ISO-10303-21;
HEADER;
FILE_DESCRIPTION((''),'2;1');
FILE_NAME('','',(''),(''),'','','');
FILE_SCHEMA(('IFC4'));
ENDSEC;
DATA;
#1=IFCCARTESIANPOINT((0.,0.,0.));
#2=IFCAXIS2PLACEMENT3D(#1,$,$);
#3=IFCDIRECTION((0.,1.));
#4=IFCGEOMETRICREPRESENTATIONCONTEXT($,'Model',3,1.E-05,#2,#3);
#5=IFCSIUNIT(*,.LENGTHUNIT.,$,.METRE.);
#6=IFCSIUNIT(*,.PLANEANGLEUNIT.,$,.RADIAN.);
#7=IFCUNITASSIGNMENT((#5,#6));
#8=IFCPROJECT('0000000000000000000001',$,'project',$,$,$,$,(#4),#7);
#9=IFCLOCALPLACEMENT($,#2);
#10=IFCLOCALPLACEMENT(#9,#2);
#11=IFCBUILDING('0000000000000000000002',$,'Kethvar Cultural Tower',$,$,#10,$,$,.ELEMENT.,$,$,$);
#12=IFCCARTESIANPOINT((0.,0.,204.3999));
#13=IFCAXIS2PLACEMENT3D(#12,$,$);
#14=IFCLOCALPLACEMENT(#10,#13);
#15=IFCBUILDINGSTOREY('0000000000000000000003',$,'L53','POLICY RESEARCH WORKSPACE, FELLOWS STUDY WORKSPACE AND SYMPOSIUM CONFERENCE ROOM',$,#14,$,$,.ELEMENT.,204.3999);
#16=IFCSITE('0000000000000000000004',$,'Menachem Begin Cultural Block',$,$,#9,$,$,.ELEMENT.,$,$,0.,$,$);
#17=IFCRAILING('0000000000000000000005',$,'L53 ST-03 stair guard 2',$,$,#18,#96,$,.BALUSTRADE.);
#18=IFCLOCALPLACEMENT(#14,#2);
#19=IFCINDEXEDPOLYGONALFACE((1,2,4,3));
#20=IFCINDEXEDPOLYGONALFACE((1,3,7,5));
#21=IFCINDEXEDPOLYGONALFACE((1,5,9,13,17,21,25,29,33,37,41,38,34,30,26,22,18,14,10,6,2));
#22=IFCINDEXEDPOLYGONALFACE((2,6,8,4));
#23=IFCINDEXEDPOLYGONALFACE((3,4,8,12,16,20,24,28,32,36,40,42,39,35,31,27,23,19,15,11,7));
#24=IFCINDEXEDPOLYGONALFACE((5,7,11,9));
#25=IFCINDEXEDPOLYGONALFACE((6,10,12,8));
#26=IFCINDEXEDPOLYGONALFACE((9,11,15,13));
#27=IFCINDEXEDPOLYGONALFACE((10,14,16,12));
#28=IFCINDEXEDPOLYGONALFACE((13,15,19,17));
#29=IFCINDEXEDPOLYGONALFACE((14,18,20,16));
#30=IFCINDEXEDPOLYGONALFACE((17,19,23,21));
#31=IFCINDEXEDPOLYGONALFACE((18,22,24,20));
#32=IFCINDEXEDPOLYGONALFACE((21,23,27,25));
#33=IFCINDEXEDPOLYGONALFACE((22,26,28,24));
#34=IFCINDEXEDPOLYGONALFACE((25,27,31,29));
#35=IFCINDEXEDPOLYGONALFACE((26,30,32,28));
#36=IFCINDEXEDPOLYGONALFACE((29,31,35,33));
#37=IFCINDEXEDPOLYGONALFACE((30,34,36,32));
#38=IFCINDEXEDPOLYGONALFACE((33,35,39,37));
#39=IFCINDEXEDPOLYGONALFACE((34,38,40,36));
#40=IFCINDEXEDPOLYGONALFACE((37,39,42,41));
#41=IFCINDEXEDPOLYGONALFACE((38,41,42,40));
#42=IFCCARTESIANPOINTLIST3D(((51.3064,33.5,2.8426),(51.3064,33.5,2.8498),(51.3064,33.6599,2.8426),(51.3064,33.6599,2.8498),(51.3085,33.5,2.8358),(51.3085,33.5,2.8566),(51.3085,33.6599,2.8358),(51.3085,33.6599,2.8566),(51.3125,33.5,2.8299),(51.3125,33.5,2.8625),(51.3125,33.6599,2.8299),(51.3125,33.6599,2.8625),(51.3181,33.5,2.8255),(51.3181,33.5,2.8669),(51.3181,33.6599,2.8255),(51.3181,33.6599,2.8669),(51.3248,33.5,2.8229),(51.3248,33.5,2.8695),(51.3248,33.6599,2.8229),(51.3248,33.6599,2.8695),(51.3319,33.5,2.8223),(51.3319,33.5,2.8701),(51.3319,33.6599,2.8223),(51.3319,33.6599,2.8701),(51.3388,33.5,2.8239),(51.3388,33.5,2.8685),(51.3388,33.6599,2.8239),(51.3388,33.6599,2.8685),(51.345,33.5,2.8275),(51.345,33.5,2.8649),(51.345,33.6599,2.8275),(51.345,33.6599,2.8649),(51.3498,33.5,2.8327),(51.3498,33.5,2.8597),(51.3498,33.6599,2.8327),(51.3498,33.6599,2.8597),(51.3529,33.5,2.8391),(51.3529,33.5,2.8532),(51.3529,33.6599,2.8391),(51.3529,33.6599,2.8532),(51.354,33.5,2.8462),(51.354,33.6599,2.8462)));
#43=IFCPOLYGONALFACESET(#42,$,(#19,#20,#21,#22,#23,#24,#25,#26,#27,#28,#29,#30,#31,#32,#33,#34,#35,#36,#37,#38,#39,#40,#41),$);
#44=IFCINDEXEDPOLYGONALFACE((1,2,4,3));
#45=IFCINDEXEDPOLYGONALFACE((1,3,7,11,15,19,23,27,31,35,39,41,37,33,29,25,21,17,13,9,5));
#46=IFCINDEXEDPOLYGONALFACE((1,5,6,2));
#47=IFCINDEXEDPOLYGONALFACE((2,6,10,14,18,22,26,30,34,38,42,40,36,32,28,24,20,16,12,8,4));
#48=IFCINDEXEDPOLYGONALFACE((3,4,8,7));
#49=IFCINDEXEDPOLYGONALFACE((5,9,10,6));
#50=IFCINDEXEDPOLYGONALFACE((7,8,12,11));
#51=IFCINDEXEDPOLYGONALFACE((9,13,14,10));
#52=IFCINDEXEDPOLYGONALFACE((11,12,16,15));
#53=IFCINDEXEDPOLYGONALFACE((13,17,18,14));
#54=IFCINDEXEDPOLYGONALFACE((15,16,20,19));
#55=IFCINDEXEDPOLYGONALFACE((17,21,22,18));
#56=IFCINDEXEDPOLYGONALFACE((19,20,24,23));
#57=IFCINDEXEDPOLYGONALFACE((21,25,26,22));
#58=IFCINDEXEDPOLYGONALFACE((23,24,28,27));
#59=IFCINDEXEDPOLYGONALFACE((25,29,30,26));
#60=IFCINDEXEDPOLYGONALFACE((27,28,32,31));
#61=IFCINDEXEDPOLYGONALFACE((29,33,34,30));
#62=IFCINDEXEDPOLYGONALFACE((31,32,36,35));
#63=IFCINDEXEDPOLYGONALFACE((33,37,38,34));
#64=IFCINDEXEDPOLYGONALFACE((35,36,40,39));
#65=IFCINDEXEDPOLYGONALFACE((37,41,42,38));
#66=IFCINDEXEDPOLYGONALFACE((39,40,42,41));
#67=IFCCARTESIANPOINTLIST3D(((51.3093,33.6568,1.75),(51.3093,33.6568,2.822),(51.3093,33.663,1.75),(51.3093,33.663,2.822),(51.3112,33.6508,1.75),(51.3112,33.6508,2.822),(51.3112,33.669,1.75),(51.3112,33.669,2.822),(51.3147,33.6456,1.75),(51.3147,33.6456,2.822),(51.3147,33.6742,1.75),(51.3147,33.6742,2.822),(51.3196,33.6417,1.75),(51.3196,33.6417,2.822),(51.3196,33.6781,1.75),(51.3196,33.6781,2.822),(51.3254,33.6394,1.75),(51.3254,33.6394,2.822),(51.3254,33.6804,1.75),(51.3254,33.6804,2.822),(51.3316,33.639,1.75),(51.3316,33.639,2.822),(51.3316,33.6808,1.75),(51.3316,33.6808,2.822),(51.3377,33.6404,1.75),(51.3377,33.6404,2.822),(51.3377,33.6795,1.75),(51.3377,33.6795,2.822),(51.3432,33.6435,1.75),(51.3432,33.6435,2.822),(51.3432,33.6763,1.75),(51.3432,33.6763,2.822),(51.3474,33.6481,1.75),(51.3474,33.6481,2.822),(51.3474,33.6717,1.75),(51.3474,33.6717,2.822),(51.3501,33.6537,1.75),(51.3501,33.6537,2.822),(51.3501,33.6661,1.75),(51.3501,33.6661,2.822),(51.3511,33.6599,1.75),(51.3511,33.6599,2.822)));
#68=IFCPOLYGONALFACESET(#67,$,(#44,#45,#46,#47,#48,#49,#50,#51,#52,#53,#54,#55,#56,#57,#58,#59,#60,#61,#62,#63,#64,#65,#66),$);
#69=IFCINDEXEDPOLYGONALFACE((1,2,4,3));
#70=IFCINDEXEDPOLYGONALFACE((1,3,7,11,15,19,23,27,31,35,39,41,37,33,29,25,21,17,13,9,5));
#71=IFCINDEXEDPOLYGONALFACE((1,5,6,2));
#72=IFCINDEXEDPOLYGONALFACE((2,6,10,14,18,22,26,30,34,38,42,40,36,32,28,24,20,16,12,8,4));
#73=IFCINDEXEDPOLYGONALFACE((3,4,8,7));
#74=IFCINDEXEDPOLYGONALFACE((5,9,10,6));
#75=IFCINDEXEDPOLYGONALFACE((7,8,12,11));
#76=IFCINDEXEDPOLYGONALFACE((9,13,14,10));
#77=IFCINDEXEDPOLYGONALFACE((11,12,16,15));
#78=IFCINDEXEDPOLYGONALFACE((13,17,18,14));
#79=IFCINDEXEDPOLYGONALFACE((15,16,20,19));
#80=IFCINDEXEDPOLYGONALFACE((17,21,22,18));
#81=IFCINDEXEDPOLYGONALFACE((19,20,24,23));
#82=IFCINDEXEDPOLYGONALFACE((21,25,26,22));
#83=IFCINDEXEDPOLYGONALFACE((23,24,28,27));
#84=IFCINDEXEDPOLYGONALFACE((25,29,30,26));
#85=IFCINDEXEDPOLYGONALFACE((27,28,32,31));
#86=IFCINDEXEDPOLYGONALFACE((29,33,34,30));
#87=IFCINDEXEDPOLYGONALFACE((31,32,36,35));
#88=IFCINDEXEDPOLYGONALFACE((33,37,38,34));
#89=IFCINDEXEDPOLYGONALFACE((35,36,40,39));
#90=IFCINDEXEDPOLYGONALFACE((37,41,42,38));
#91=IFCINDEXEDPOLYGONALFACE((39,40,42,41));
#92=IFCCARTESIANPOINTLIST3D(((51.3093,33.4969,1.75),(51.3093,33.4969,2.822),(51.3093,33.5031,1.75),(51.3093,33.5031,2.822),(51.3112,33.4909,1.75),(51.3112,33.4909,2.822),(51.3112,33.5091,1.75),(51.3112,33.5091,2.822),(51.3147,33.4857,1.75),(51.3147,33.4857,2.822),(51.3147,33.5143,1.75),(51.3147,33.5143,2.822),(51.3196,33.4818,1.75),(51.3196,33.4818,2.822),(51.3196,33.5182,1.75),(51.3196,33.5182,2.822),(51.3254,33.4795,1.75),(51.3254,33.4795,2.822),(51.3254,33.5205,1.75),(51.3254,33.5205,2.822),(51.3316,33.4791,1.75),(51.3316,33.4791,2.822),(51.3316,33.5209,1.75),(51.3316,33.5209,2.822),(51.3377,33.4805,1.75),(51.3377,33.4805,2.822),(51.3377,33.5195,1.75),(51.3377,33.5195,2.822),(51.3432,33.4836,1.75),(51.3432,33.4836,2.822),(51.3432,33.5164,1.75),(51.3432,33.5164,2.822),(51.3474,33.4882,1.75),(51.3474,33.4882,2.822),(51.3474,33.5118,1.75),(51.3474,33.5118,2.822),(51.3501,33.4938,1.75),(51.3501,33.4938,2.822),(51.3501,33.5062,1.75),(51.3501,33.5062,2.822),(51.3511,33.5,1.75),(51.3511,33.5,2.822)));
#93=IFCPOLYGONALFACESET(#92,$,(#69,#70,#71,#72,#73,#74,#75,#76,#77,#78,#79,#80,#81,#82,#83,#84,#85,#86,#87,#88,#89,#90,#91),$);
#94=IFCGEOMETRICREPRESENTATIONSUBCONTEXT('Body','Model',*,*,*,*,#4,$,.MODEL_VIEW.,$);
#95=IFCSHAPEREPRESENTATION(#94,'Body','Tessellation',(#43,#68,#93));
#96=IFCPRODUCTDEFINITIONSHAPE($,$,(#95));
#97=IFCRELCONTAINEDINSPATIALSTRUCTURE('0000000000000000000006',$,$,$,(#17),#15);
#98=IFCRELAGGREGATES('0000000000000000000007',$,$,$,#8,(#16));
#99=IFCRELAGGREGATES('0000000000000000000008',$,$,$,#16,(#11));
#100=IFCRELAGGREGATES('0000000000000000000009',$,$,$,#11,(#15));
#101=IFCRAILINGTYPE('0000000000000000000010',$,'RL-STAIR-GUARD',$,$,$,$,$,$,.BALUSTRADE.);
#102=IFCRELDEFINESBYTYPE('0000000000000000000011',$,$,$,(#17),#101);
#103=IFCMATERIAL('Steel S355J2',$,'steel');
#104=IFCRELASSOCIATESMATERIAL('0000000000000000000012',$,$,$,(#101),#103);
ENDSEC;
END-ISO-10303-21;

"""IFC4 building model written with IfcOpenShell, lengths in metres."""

from ifc_helpers import new_model, si_unit, direction, frame, origin, origin_2d, place, context, subcontext, project, spatial, circle, extrude, material, type_object, element, save


model = new_model("IFC4")

# Units and contexts
model_context = context("Model", 3, precision=1e-05, world=origin(), true_north=direction((0.0, 1.0)))
body_context = subcontext(model_context, "Body", "Model", "MODEL_VIEW")
ifc_project = project(units=[si_unit("LENGTHUNIT", "METRE"), si_unit("PLANEANGLEUNIT", "RADIAN")], contexts=[model_context])

# Site, building, storey
site_placement = place(None, origin())
site = spatial("IfcSite", under=ifc_project, at=site_placement, Name="Menachem Begin Cultural Block", CompositionType="ELEMENT", RefElevation=0.0)
building_placement = place(site_placement, origin())
building = spatial("IfcBuilding", under=site, at=building_placement, Name="Kethvar Cultural Tower", CompositionType="ELEMENT")
storey_placement = place(building_placement, frame((0.0, 0.0, 204.3999)))
storey = spatial("IfcBuildingStorey", under=building, at=storey_placement, Name="L53", Description="POLICY RESEARCH WORKSPACE, FELLOWS STUDY WORKSPACE AND SYMPOSIUM CONFERENCE ROOM", CompositionType="ELEMENT", Elevation=204.3999)

# Shared definitions
ifc_material_1 = material(Name="Steel S355J2", Category="steel")

# Railing
railing_type_1 = type_object("IfcRailingType", Name="RL-STAIR-GUARD", PredefinedType="BALUSTRADE", material=ifc_material_1)
railing_1_placement = place(storey_placement, frame((51.3301, 33.6599, 1.75)))
element("IfcRailing", 1, at=railing_1_placement, inside=storey, type_object=railing_type_1, Name="L53 ST-03 stair guard 2", PredefinedType="BALUSTRADE", context=body_context, shape_type="SweptSolid", body=[
    extrude(circle(Radius=0.0239, at=origin_2d()), frame((0.0, 0.0, 1.0962), z_axis=(0.0, -1.0, 0.0), x_axis=(1.0, 0.0, 0.0)), (0.0, 0.0, 1.0), 0.1599),
    extrude(circle(Radius=0.021, at=origin_2d()), origin(), (0.0, 0.0, 1.0), 1.072),
    extrude(circle(Radius=0.021, at=origin_2d()), frame((0.0, -0.1599, 0.0)), (0.0, 0.0, 1.0), 1.072),
])

save(model, "model.ifc")
